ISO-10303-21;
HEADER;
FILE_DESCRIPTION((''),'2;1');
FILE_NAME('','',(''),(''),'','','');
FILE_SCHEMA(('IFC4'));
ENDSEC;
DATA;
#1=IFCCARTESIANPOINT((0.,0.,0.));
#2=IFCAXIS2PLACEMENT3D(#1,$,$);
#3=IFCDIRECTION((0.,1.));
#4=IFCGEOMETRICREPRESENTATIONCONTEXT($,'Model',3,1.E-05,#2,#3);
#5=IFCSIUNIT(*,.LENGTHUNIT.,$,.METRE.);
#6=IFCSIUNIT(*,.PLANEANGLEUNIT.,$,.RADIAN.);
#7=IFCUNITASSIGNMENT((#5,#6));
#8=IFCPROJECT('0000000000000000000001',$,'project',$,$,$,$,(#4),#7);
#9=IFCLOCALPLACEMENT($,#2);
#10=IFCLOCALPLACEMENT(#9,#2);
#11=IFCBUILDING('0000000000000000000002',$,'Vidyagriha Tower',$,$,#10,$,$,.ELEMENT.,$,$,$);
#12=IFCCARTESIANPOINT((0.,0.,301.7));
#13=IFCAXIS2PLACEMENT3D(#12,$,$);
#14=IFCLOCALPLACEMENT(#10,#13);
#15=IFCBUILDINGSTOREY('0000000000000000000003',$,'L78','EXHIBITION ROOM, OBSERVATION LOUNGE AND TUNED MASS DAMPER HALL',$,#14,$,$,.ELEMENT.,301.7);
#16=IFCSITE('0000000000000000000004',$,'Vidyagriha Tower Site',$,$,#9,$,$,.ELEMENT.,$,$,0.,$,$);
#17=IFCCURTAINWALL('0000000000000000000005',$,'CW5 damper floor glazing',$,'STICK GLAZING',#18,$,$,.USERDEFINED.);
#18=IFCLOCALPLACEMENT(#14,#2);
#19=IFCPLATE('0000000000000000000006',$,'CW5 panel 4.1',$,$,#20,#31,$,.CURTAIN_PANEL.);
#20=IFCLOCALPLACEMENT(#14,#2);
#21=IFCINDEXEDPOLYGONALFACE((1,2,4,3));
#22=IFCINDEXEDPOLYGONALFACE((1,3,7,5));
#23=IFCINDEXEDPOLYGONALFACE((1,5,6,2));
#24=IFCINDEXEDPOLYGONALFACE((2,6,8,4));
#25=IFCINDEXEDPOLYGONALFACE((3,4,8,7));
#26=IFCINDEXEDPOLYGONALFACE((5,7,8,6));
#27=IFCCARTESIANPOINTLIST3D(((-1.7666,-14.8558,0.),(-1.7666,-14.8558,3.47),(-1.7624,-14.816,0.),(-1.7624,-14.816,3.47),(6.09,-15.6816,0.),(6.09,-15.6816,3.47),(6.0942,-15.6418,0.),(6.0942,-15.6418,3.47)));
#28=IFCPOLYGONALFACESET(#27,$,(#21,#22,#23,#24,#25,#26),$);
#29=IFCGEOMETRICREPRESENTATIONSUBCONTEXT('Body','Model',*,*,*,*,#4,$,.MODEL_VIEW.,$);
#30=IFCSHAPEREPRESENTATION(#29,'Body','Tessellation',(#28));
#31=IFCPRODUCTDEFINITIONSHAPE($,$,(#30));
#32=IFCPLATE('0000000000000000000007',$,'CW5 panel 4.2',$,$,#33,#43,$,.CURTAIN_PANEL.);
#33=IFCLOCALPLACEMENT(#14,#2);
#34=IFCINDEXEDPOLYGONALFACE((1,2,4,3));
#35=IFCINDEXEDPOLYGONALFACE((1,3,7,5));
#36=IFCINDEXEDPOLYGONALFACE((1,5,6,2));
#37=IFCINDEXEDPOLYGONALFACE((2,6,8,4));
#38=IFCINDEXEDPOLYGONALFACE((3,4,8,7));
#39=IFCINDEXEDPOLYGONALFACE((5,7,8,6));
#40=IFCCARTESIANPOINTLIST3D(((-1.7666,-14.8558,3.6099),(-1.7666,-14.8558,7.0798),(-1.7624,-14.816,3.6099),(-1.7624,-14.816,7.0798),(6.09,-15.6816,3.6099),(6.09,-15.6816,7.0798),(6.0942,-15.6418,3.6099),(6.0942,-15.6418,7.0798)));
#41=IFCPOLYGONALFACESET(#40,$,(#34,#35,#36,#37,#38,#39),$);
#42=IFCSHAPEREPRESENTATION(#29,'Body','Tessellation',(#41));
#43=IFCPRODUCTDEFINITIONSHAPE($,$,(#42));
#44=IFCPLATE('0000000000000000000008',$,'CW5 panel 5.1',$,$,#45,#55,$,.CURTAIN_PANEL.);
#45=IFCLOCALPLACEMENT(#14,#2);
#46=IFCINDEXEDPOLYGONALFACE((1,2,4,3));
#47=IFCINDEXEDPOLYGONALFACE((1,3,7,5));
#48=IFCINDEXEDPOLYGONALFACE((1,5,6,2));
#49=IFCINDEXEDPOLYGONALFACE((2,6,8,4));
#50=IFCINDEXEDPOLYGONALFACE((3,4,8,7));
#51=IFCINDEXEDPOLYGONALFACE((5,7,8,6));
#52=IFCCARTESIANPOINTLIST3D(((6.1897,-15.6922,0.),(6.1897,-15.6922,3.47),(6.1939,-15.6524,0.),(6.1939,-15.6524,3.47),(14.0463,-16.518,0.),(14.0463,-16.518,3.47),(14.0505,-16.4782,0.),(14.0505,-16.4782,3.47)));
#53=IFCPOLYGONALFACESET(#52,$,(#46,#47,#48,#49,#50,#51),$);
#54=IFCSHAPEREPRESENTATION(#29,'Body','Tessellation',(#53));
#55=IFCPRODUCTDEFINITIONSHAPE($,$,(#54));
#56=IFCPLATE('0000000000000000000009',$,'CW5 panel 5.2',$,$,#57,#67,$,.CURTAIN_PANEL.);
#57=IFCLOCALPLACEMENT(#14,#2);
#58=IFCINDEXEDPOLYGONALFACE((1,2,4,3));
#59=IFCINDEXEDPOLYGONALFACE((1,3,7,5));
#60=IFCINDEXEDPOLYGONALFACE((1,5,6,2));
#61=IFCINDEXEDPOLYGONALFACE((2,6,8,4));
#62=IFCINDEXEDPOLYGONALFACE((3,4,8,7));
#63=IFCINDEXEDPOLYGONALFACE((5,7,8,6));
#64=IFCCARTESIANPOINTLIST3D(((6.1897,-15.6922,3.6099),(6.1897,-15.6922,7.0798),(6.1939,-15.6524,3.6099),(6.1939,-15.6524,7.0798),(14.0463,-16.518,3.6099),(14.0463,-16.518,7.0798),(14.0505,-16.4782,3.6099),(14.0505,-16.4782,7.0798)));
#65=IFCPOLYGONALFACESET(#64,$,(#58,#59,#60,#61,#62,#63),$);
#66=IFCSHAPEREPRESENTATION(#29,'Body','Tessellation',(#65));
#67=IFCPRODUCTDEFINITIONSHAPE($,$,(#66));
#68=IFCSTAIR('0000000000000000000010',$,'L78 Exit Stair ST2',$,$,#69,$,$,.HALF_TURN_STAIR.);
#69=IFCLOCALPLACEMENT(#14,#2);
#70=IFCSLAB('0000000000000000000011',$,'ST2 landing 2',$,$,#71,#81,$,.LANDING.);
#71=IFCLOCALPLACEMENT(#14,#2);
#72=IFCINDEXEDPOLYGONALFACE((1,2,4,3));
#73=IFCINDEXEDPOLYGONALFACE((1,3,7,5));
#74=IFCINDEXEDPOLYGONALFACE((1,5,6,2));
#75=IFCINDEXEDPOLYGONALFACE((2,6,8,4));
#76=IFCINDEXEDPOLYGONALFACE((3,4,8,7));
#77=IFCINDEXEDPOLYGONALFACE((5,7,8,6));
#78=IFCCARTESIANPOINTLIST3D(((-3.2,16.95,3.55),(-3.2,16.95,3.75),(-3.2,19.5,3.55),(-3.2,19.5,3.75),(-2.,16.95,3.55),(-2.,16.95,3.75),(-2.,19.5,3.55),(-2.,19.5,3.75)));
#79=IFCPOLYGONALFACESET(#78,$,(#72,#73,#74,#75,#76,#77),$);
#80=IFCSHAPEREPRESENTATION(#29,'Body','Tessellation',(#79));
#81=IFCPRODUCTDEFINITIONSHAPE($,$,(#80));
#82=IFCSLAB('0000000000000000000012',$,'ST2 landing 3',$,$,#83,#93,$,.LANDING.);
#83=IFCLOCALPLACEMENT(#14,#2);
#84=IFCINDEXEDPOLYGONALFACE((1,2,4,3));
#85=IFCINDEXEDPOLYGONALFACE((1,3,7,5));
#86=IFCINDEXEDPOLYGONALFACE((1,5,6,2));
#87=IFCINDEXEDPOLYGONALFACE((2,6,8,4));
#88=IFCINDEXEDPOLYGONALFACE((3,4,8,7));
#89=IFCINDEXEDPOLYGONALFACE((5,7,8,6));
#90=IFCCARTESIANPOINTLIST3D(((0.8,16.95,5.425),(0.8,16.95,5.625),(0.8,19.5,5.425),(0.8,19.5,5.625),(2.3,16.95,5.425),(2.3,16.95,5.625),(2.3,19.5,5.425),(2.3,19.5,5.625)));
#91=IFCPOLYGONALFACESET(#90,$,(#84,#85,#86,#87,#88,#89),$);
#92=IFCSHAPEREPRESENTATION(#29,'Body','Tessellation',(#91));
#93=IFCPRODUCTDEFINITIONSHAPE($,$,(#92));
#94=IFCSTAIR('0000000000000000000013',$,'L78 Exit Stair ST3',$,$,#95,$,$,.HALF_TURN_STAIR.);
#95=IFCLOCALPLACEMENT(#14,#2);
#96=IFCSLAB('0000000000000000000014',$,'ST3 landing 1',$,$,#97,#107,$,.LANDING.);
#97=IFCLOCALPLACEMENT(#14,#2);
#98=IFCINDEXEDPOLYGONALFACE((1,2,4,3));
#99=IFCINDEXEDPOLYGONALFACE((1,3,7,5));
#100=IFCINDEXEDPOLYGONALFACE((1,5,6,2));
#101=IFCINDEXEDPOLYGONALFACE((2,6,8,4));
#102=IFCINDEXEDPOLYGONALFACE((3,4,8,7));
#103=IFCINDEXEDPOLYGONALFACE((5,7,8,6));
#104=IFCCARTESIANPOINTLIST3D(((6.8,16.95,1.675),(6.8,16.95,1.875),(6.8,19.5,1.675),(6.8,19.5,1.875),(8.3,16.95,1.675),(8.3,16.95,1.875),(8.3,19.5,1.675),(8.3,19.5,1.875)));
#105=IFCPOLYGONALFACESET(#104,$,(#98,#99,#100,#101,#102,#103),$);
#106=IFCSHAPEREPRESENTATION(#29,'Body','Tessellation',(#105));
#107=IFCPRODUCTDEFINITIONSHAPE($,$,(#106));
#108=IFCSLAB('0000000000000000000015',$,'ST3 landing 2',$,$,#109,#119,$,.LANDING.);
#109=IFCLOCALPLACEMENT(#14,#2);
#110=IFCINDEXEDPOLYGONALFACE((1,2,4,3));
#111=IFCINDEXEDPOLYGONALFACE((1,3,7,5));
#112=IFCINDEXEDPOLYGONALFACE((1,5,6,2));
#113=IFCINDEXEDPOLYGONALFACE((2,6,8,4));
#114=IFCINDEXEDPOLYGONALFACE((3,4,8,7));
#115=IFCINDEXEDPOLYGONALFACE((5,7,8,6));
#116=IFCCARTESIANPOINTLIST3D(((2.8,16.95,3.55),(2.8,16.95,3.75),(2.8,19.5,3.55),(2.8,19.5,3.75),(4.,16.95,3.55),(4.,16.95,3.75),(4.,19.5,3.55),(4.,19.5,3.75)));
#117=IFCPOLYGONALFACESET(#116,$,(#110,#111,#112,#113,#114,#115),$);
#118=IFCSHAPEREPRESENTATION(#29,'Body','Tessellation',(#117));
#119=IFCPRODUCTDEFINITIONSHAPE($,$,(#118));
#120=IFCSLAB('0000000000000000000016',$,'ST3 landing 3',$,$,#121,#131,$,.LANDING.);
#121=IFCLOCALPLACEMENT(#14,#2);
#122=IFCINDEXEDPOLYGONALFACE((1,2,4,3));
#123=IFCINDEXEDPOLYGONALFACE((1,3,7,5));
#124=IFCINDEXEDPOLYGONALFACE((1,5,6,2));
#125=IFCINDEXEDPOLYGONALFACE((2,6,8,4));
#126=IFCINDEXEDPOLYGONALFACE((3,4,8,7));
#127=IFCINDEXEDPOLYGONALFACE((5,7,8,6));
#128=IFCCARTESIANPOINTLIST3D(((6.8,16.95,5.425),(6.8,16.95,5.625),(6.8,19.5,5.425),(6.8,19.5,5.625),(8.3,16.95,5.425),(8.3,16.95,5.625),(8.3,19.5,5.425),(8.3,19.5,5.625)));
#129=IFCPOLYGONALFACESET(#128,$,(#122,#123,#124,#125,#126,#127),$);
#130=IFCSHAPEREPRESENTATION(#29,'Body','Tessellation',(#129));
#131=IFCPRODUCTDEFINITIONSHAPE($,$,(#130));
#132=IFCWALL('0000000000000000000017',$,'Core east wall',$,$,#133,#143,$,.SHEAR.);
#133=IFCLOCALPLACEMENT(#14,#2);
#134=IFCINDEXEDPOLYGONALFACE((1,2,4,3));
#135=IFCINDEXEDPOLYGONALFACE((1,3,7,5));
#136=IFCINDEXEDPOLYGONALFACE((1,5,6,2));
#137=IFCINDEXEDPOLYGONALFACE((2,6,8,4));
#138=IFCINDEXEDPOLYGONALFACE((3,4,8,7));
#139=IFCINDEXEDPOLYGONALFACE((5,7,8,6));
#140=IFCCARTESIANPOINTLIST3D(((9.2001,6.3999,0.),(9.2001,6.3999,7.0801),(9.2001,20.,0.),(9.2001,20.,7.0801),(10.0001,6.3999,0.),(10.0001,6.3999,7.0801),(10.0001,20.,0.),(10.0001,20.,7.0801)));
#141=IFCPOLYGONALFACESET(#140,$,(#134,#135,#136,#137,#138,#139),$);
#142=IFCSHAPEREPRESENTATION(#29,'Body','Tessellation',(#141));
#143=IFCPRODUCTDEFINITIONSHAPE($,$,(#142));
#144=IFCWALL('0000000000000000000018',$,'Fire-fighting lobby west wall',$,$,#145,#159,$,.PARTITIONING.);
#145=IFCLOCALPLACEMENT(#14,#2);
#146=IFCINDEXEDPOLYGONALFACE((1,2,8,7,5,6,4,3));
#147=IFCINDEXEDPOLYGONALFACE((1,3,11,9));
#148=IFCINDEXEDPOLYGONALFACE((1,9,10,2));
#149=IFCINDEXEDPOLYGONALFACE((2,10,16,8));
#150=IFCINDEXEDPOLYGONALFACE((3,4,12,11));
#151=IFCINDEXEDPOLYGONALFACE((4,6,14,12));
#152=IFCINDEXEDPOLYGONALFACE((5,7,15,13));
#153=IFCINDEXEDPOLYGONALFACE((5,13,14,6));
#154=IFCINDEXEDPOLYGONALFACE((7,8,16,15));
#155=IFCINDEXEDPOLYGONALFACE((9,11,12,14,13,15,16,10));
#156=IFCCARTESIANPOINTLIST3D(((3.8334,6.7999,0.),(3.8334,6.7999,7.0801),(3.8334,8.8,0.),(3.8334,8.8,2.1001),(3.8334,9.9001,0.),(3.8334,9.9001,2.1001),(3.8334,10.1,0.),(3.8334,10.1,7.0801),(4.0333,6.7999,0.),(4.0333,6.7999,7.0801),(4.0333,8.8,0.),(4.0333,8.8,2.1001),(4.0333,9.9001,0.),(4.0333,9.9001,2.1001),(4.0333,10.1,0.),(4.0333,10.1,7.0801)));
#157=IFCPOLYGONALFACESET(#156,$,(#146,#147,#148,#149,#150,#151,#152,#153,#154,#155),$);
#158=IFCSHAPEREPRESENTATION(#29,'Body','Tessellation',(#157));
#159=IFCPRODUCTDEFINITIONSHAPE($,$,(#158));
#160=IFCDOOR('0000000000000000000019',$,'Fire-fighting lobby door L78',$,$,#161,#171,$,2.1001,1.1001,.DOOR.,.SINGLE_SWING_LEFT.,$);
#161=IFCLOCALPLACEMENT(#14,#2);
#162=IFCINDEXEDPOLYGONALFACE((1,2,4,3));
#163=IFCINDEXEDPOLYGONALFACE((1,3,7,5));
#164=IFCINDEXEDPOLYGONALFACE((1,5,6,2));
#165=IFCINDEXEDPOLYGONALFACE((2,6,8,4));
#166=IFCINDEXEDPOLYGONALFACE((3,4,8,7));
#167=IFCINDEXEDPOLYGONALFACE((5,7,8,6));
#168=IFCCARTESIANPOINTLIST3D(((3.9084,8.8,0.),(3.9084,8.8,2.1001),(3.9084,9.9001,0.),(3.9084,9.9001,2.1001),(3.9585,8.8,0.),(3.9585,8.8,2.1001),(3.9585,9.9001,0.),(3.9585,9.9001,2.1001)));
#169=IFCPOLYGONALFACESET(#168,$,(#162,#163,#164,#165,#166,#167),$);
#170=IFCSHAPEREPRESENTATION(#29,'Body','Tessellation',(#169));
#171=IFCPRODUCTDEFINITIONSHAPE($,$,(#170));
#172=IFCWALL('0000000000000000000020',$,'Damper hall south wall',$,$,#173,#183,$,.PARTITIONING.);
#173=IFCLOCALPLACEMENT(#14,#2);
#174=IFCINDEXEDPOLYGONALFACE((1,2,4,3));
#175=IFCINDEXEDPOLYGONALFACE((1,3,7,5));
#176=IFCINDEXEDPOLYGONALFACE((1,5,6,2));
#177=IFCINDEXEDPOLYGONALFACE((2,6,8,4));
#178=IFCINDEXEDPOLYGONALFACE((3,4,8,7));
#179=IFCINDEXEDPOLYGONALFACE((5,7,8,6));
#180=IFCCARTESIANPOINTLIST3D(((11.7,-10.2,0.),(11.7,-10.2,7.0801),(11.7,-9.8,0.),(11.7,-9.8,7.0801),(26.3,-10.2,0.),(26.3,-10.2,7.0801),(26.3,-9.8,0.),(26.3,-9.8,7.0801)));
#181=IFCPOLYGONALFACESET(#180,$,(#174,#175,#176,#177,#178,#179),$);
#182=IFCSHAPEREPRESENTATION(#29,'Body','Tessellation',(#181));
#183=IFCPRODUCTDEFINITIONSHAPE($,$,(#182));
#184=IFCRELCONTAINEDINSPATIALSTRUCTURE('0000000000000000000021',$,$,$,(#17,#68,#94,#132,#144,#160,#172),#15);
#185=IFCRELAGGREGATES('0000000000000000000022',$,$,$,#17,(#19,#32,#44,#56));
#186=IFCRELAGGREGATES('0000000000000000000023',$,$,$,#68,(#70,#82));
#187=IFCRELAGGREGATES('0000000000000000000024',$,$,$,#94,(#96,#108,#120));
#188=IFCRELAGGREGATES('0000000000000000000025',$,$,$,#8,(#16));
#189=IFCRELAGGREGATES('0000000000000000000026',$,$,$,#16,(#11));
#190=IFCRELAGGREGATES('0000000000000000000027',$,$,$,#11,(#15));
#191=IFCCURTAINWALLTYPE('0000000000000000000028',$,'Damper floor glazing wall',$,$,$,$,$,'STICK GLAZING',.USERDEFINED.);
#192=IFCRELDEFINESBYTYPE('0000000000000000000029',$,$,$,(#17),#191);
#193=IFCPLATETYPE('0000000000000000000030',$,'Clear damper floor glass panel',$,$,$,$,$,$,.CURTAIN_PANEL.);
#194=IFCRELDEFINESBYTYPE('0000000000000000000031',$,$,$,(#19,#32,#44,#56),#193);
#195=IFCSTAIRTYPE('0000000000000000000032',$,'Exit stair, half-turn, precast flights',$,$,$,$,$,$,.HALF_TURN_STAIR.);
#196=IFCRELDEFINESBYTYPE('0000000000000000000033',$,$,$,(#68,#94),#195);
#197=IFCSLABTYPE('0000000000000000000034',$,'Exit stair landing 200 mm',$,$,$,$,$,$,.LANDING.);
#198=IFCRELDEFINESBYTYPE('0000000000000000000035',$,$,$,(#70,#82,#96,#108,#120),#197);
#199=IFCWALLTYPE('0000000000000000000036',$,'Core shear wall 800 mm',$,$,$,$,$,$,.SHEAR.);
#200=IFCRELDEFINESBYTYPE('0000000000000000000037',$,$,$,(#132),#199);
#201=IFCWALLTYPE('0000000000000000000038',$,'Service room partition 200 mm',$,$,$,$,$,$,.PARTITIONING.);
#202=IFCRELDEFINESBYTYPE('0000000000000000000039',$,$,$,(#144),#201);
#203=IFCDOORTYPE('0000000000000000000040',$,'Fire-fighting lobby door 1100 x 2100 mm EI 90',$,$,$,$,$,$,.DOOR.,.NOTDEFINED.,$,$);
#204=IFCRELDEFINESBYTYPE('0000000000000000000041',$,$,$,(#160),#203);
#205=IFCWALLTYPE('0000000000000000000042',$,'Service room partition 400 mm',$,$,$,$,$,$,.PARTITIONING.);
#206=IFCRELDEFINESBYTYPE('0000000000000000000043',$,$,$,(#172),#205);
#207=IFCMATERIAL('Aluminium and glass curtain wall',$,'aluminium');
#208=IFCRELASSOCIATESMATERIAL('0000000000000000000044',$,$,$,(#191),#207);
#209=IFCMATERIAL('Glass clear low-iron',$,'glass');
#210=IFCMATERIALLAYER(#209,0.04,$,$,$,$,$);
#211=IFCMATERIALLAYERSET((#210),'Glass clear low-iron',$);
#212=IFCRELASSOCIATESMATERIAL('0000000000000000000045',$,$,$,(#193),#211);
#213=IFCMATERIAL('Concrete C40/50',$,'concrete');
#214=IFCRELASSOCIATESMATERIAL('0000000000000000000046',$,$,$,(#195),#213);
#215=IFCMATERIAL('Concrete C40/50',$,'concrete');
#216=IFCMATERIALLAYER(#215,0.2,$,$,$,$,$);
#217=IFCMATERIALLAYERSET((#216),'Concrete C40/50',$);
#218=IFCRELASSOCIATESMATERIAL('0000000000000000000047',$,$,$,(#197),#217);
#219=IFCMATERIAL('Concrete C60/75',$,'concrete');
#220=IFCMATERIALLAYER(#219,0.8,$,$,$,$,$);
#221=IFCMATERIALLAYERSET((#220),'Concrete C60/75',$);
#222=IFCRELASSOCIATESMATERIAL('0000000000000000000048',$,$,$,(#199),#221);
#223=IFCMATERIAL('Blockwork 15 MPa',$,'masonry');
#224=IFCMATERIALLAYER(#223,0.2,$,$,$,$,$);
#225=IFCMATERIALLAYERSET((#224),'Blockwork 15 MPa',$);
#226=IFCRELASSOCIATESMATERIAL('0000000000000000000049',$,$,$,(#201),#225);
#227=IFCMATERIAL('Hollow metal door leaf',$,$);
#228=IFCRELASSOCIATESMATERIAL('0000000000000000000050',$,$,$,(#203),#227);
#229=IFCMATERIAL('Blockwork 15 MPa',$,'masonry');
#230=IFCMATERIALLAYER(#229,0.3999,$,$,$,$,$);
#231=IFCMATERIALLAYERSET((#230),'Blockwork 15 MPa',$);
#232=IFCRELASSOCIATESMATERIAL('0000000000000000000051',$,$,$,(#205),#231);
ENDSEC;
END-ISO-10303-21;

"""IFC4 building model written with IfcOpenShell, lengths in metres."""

from ifc_helpers import new_model, si_unit, direction, frame, frame_2d, origin, origin_2d, place, context, subcontext, project, spatial, polyline, rectangle, outline, extrude, material, layer, layer_set, type_object, element, fill, aggregate, save


model = new_model("IFC4")

# Units and contexts
model_context = context("Model", 3, precision=1e-05, world=origin(), true_north=direction((0.0, 1.0)))
body_context = subcontext(model_context, "Body", "Model", "MODEL_VIEW")
ifc_project = project(units=[si_unit("LENGTHUNIT", "METRE"), si_unit("PLANEANGLEUNIT", "RADIAN")], contexts=[model_context])

# Site, building, storey
site_placement = place(None, origin())
site = spatial("IfcSite", under=ifc_project, at=site_placement, Name="Vidyagriha Tower Site", CompositionType="ELEMENT", RefElevation=0.0)
building_placement = place(site_placement, origin())
building = spatial("IfcBuilding", under=site, at=building_placement, Name="Vidyagriha Tower", CompositionType="ELEMENT")
storey_placement = place(building_placement, frame((0.0, 0.0, 301.7)))
storey = spatial("IfcBuildingStorey", under=building, at=storey_placement, Name="L78", Description="EXHIBITION ROOM, OBSERVATION LOUNGE AND TUNED MASS DAMPER HALL", CompositionType="ELEMENT", Elevation=301.7)

# Curtain wall, plates
ifc_material_1 = material(Name="Aluminium and glass curtain wall", Category="aluminium")
curtain_wall_type = type_object("IfcCurtainWallType", Name="Damper floor glazing wall", ElementType="STICK GLAZING", PredefinedType="USERDEFINED", material=ifc_material_1)
curtain_wall_placement = place(storey_placement, origin())
curtain_wall = element("IfcCurtainWall", 1, at=curtain_wall_placement, inside=storey, type_object=curtain_wall_type, Name="CW5 damper floor glazing", ObjectType="STICK GLAZING", PredefinedType="USERDEFINED")
ifc_material_2 = material(Name="Glass clear low-iron", Category="glass")
ifc_layer_1 = layer(ifc_material_2, 0.04)
ifc_layer_set_1 = layer_set([ifc_layer_1], Name="Glass clear low-iron")
plate_type = type_object("IfcPlateType", Name="Clear damper floor glass panel", PredefinedType="CURTAIN_PANEL", material=ifc_layer_set_1)
plate_1_placement = place(storey_placement, frame((2.1638, -15.2488, 0.0), z_axis=(0.0, 0.0, 1.0), x_axis=(0.994522, -0.104528, 0.0)))
plate_1 = element("IfcPlate", 2, at=plate_1_placement, type_object=plate_type, Name="CW5 panel 4.1", PredefinedType="CURTAIN_PANEL", context=body_context, shape_type="SweptSolid", body=[
    extrude(rectangle(XDim=7.8999, YDim=0.04, at=origin_2d()), origin(), (0.0, 0.0, 1.0), 3.47),
])
plate_2_placement = place(storey_placement, frame((2.1638, -15.2488, 3.6099), z_axis=(0.0, 0.0, 1.0), x_axis=(0.994522, -0.104528, 0.0)))
plate_2 = element("IfcPlate", 3, at=plate_2_placement, type_object=plate_type, Name="CW5 panel 4.2", PredefinedType="CURTAIN_PANEL", context=body_context, shape_type="SweptSolid", body=[
    extrude(rectangle(XDim=7.8999, YDim=0.04, at=origin_2d()), origin(), (0.0, 0.0, 1.0), 3.47),
])
plate_3_placement = place(storey_placement, frame((10.1201, -16.0852, 0.0), z_axis=(0.0, 0.0, 1.0), x_axis=(0.994522, -0.104528, 0.0)))
plate_3 = element("IfcPlate", 4, at=plate_3_placement, type_object=plate_type, Name="CW5 panel 5.1", PredefinedType="CURTAIN_PANEL", context=body_context, shape_type="SweptSolid", body=[
    extrude(rectangle(XDim=7.8999, YDim=0.04, at=origin_2d()), origin(), (0.0, 0.0, 1.0), 3.47),
])
plate_4_placement = place(storey_placement, frame((10.1201, -16.0852, 3.6099), z_axis=(0.0, 0.0, 1.0), x_axis=(0.994522, -0.104528, 0.0)))
plate_4 = element("IfcPlate", 5, at=plate_4_placement, type_object=plate_type, Name="CW5 panel 5.2", PredefinedType="CURTAIN_PANEL", context=body_context, shape_type="SweptSolid", body=[
    extrude(rectangle(XDim=7.8999, YDim=0.04, at=origin_2d()), origin(), (0.0, 0.0, 1.0), 3.47),
])
aggregate(curtain_wall, [plate_1, plate_2, plate_3, plate_4])

# Stairs, slabs
ifc_material_3 = material(Name="Concrete C40/50", Category="concrete")
stair_type = type_object("IfcStairType", Name="Exit stair, half-turn, precast flights", PredefinedType="HALF_TURN_STAIR", material=ifc_material_3)
stair_1_placement = place(storey_placement, origin())
stair_1 = element("IfcStair", 6, at=stair_1_placement, inside=storey, type_object=stair_type, Name="L78 Exit Stair ST2", PredefinedType="HALF_TURN_STAIR")
ifc_material_4 = material(Name="Concrete C40/50", Category="concrete")
ifc_layer_2 = layer(ifc_material_4, 0.2)
ifc_layer_set_2 = layer_set([ifc_layer_2], Name="Concrete C40/50")
slab_type = type_object("IfcSlabType", Name="Exit stair landing 200 mm", PredefinedType="LANDING", material=ifc_layer_set_2)
slab_1_placement = place(storey_placement, frame((0.0, 0.0, 3.55)))
slab_1 = element("IfcSlab", 7, at=slab_1_placement, type_object=slab_type, Name="ST2 landing 2", PredefinedType="LANDING", context=body_context, shape_type="SweptSolid", body=[
    extrude(outline(polyline([(-3.2, 16.95), (-2.0, 16.95), (-2.0, 19.5), (-3.2, 19.5), (-3.2, 16.95)])), origin(), (0.0, 0.0, 1.0), 0.2),
])
slab_2_placement = place(storey_placement, frame((0.0, 0.0, 5.425)))
slab_2 = element("IfcSlab", 8, at=slab_2_placement, type_object=slab_type, Name="ST2 landing 3", PredefinedType="LANDING", context=body_context, shape_type="SweptSolid", body=[
    extrude(outline(polyline([(0.8, 16.95), (2.3, 16.95), (2.3, 19.5), (0.8, 19.5), (0.8, 16.95)])), origin(), (0.0, 0.0, 1.0), 0.2),
])
aggregate(stair_1, [slab_1, slab_2])
stair_2_placement = place(storey_placement, origin())
stair_2 = element("IfcStair", 9, at=stair_2_placement, inside=storey, type_object=stair_type, Name="L78 Exit Stair ST3", PredefinedType="HALF_TURN_STAIR")
slab_3_placement = place(storey_placement, frame((0.0, 0.0, 1.675)))
slab_3 = element("IfcSlab", 10, at=slab_3_placement, type_object=slab_type, Name="ST3 landing 1", PredefinedType="LANDING", context=body_context, shape_type="SweptSolid", body=[
    extrude(outline(polyline([(6.8, 16.95), (8.3, 16.95), (8.3, 19.5), (6.8, 19.5), (6.8, 16.95)])), origin(), (0.0, 0.0, 1.0), 0.2),
])
slab_4_placement = place(storey_placement, frame((0.0, 0.0, 3.55)))
slab_4 = element("IfcSlab", 11, at=slab_4_placement, type_object=slab_type, Name="ST3 landing 2", PredefinedType="LANDING", context=body_context, shape_type="SweptSolid", body=[
    extrude(outline(polyline([(2.8, 16.95), (4.0, 16.95), (4.0, 19.5), (2.8, 19.5), (2.8, 16.95)])), origin(), (0.0, 0.0, 1.0), 0.2),
])
slab_5_placement = place(storey_placement, frame((0.0, 0.0, 5.425)))
slab_5 = element("IfcSlab", 12, at=slab_5_placement, type_object=slab_type, Name="ST3 landing 3", PredefinedType="LANDING", context=body_context, shape_type="SweptSolid", body=[
    extrude(outline(polyline([(6.8, 16.95), (8.3, 16.95), (8.3, 19.5), (6.8, 19.5), (6.8, 16.95)])), origin(), (0.0, 0.0, 1.0), 0.2),
])
aggregate(stair_2, [slab_3, slab_4, slab_5])

# Wall
ifc_material_5 = material(Name="Concrete C60/75", Category="concrete")
ifc_layer_3 = layer(ifc_material_5, 0.8)
ifc_layer_set_3 = layer_set([ifc_layer_3], Name="Concrete C60/75")
wall_type_1 = type_object("IfcWallType", Name="Core shear wall 800 mm", PredefinedType="SHEAR", material=ifc_layer_set_3)
wall_1_placement = place(storey_placement, frame((9.6001, 6.3999, 0.0), z_axis=(0.0, 0.0, 1.0), x_axis=(0.0, 1.0, 0.0)))
element("IfcWall", 13, at=wall_1_placement, inside=storey, type_object=wall_type_1, Name="Core east wall", PredefinedType="SHEAR", context=body_context, shape_type="SweptSolid", body=[
    extrude(rectangle(XDim=13.6001, YDim=0.8, at=frame_2d((6.8, 0.0))), origin(), (0.0, 0.0, 1.0), 7.0801),
])

# Wall, opening, door
ifc_material_6 = material(Name="Blockwork 15 MPa", Category="masonry")
ifc_layer_4 = layer(ifc_material_6, 0.2)
ifc_layer_set_4 = layer_set([ifc_layer_4], Name="Blockwork 15 MPa")
wall_type_2 = type_object("IfcWallType", Name="Service room partition 200 mm", PredefinedType="PARTITIONING", material=ifc_layer_set_4)
wall_2_placement = place(storey_placement, frame((3.9333, 6.8, 0.0), z_axis=(0.0, 0.0, 1.0), x_axis=(0.0, 1.0, 0.0)))
wall_2 = element("IfcWall", 14, at=wall_2_placement, inside=storey, type_object=wall_type_2, Name="Fire-fighting lobby west wall", PredefinedType="PARTITIONING", context=body_context, shape_type="SweptSolid", body=[
    extrude(rectangle(XDim=3.3, YDim=0.2, at=frame_2d((1.6499, 0.0))), origin(), (0.0, 0.0, 1.0), 7.0801),
])
opening_1_placement = place(wall_2_placement, frame((2.0, 0.0, 0.0)))
opening_1 = element("IfcOpeningElement", 15, at=opening_1_placement, cuts=wall_2, PredefinedType="OPENING", context=body_context, shape_type="SweptSolid", body=[
    extrude(rectangle(XDim=1.1001, YDim=2.1001, at=frame_2d((0.55, 1.05))), frame((0.0, 0.1099, 0.0), z_axis=(0.0, -1.0, 0.0), x_axis=(1.0, 0.0, 0.0)), (0.0, 0.0, 1.0), 0.22),
])
ifc_material_7 = material(Name="Hollow metal door leaf")
door_type_1 = type_object("IfcDoorType", Name="Fire-fighting lobby door 1100 x 2100 mm EI 90", OperationType="NOTDEFINED", PredefinedType="DOOR", material=ifc_material_7)
door_1_placement = place(opening_1_placement, origin())
door_1 = element("IfcDoor", 16, at=door_1_placement, inside=storey, type_object=door_type_1, Name="Fire-fighting lobby door L78", OperationType="SINGLE_SWING_LEFT", OverallHeight=2.1001, OverallWidth=1.1001, PredefinedType="DOOR", context=body_context, shape_type="SweptSolid", body=[
    extrude(rectangle(XDim=1.1001, YDim=2.1001, at=frame_2d((0.55, 1.05))), frame((0.0, 0.0249, 0.0), z_axis=(0.0, -1.0, 0.0), x_axis=(1.0, 0.0, 0.0)), (0.0, 0.0, 1.0), 0.05),
])
fill(opening_1, door_1)

# Shared definitions
ifc_material_8 = material(Name="Blockwork 15 MPa", Category="masonry")
ifc_layer_5 = layer(ifc_material_8, 0.3999)
ifc_layer_set_5 = layer_set([ifc_layer_5], Name="Blockwork 15 MPa")
wall_type_3 = type_object("IfcWallType", Name="Service room partition 400 mm", PredefinedType="PARTITIONING", material=ifc_layer_set_5)

# Wall
wall_3_placement = place(storey_placement, frame((11.7, -10.0, 0.0)))
element("IfcWall", 17, at=wall_3_placement, inside=storey, type_object=wall_type_3, Name="Damper hall south wall", PredefinedType="PARTITIONING", context=body_context, shape_type="SweptSolid", body=[
    extrude(rectangle(XDim=14.6001, YDim=0.3999, at=frame_2d((7.3, 0.0))), origin(), (0.0, 0.0, 1.0), 7.0801),
])

save(model, "model.ifc")
